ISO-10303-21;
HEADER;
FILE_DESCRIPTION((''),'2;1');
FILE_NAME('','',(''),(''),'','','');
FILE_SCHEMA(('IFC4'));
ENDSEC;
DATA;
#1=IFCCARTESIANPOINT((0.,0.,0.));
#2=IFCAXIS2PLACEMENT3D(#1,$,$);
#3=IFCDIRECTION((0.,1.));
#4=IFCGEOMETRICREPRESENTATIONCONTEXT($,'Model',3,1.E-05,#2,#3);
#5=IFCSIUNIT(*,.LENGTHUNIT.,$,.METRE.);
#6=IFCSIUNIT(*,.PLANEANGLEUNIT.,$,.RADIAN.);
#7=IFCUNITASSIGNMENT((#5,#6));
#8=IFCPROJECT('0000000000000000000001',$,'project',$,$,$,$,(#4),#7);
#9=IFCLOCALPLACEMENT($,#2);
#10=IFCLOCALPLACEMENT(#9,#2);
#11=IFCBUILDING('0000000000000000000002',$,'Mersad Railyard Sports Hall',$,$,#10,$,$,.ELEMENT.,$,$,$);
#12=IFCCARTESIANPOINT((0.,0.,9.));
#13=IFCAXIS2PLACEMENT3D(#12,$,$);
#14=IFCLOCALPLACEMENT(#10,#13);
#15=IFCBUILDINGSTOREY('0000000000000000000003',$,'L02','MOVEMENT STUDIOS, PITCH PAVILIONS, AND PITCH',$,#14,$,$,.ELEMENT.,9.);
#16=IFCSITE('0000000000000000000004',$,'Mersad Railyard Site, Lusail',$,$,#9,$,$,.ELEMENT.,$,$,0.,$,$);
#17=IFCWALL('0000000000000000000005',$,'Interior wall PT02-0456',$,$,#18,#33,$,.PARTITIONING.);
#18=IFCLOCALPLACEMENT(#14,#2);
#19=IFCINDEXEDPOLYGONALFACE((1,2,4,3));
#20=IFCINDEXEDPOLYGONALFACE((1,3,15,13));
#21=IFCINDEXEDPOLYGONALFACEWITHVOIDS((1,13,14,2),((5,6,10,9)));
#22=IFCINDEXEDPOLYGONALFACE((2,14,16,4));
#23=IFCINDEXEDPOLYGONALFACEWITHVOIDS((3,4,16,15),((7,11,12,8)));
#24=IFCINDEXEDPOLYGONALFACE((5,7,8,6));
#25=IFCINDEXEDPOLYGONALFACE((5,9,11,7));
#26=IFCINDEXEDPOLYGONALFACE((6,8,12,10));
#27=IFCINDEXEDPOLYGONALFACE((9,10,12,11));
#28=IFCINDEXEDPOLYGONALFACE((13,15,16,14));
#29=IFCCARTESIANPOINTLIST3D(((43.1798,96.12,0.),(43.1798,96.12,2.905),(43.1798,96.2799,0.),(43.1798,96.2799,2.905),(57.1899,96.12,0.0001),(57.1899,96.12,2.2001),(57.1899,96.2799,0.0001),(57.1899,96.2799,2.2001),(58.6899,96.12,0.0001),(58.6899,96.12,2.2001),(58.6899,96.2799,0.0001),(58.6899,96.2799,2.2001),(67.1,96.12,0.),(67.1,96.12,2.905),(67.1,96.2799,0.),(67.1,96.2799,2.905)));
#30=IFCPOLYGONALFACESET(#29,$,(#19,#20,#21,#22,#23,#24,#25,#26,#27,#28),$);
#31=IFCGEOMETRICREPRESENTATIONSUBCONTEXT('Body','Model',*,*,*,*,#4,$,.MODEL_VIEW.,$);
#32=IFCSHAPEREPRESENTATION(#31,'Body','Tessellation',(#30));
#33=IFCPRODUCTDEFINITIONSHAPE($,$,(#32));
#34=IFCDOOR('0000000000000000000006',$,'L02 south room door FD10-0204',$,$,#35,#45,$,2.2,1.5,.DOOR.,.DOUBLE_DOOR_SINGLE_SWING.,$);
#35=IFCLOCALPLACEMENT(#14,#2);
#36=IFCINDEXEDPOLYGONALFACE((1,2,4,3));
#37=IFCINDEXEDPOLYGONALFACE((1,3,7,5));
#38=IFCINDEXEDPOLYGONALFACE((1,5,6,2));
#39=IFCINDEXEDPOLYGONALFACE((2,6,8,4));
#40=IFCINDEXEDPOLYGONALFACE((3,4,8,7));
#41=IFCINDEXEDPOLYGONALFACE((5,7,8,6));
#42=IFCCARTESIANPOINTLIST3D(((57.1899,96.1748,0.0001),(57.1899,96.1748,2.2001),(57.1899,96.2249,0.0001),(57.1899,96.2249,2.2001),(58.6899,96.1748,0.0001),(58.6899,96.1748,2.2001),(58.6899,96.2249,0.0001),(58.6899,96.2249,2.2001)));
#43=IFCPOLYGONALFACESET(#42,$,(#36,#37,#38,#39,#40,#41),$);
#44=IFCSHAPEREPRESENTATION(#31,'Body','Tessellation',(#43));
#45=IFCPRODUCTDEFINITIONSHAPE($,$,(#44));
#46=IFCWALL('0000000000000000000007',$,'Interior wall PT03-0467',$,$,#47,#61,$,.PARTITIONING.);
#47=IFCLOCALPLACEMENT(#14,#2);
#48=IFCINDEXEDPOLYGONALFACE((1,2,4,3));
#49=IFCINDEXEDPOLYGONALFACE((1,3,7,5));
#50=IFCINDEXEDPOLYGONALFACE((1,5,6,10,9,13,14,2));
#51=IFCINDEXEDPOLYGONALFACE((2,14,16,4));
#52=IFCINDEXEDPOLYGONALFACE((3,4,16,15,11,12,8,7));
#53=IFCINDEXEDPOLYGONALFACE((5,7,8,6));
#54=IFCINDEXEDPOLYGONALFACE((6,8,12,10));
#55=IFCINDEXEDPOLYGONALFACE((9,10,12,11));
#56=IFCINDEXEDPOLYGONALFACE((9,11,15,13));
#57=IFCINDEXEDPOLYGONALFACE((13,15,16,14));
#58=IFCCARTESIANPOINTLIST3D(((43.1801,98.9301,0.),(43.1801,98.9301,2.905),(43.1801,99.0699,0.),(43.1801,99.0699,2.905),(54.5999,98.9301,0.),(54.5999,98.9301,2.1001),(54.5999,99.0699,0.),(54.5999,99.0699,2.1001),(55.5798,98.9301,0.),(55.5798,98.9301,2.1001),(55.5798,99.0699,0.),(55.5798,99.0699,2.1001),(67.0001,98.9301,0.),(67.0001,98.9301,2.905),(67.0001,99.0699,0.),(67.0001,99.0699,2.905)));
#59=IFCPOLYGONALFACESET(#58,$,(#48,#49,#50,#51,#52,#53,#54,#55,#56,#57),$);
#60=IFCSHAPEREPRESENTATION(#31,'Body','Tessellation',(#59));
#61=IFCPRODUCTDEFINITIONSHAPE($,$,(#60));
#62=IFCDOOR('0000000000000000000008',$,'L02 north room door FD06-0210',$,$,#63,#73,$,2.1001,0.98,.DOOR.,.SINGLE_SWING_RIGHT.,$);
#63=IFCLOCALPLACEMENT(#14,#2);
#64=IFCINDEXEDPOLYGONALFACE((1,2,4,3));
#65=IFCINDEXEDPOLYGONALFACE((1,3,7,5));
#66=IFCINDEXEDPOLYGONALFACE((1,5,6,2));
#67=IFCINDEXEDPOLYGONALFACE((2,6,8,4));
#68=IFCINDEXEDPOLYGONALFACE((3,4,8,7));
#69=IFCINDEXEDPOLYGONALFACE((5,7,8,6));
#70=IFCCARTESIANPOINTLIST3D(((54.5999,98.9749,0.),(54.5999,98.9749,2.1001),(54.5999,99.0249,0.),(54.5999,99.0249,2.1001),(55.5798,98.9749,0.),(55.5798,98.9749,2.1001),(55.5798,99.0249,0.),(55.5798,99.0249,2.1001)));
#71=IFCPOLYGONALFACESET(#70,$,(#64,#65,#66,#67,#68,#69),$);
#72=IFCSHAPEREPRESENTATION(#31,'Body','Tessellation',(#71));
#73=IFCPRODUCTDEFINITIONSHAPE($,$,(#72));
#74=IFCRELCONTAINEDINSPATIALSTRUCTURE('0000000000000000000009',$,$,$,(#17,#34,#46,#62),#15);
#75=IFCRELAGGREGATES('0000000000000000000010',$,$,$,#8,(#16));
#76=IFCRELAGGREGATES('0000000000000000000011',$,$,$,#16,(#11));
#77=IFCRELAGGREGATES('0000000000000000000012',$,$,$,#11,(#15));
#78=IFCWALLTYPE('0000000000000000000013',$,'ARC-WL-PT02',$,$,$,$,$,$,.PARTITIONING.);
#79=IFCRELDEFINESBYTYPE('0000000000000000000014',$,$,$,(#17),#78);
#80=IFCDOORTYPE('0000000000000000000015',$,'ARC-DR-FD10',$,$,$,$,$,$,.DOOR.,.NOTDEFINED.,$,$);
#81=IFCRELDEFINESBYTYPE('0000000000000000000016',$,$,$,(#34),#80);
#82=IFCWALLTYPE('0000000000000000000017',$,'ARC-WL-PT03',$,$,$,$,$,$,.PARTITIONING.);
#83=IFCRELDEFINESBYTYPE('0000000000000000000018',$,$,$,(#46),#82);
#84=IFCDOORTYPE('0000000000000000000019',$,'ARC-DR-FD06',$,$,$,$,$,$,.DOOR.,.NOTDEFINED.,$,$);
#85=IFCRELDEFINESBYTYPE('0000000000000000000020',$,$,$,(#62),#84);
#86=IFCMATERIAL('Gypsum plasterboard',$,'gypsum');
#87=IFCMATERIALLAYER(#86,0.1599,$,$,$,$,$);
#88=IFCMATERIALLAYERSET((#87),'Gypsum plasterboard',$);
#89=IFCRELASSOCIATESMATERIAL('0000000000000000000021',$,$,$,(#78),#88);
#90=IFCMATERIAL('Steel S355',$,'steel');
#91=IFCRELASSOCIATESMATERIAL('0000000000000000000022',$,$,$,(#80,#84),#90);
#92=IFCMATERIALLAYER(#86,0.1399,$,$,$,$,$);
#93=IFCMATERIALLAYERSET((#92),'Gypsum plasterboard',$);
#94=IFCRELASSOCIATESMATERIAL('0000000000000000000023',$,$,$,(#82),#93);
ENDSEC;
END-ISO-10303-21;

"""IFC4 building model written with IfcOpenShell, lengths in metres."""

from ifc_helpers import new_model, si_unit, direction, frame, frame_2d, origin, place, context, subcontext, project, spatial, rectangle, extrude, material, layer, layer_set, type_object, element, fill, save


model = new_model("IFC4")

# Units and contexts
model_context = context("Model", 3, precision=1e-05, world=origin(), true_north=direction((0.0, 1.0)))
body_context = subcontext(model_context, "Body", "Model", "MODEL_VIEW")
ifc_project = project(units=[si_unit("LENGTHUNIT", "METRE"), si_unit("PLANEANGLEUNIT", "RADIAN")], contexts=[model_context])

# Site, building, storey
site_placement = place(None, origin())
site = spatial("IfcSite", under=ifc_project, at=site_placement, Name="Mersad Railyard Site, Lusail", CompositionType="ELEMENT", RefElevation=0.0)
building_placement = place(site_placement, origin())
building = spatial("IfcBuilding", under=site, at=building_placement, Name="Mersad Railyard Sports Hall", CompositionType="ELEMENT")
storey_placement = place(building_placement, frame((0.0, 0.0, 9.0)))
storey = spatial("IfcBuildingStorey", under=building, at=storey_placement, Name="L02", Description="MOVEMENT STUDIOS, PITCH PAVILIONS, AND PITCH", CompositionType="ELEMENT", Elevation=9.0)

# Shared definitions
ifc_material_1 = material(Name="Steel S355", Category="steel")

# Walls, openings, doors
ifc_material_2 = material(Name="Gypsum plasterboard", Category="gypsum")
ifc_layer_1 = layer(ifc_material_2, 0.1599)
ifc_layer_set_1 = layer_set([ifc_layer_1], Name="Gypsum plasterboard")
wall_type_1 = type_object("IfcWallType", Name="ARC-WL-PT02", PredefinedType="PARTITIONING", material=ifc_layer_set_1)
wall_1_placement = place(storey_placement, frame((43.1799, 96.2, 0.0), z_axis=(0.0, 0.0, 1.0), x_axis=(1.0, 0.0, 0.0)))
wall_1 = element("IfcWall", 1, at=wall_1_placement, inside=storey, type_object=wall_type_1, Name="Interior wall PT02-0456", PredefinedType="PARTITIONING", context=body_context, shape_type="SweptSolid", body=[
    extrude(rectangle(XDim=23.9202, YDim=0.1599, at=frame_2d((11.96, 0.0))), origin(), (0.0, 0.0, 1.0), 2.905),
])
opening_1_placement = place(wall_1_placement, frame((14.01, 0.0, 0.0)))
opening_1 = element("IfcOpeningElement", 2, at=opening_1_placement, cuts=wall_1, PredefinedType="OPENING", context=body_context, shape_type="SweptSolid", body=[
    extrude(rectangle(XDim=1.5, YDim=2.2, at=frame_2d((0.75, 1.1001))), frame((0.0, 0.0898, 0.0), z_axis=(0.0, -1.0, 0.0), x_axis=(1.0, 0.0, 0.0)), (0.0, 0.0, 1.0), 0.1799),
])
door_type_1 = type_object("IfcDoorType", Name="ARC-DR-FD10", OperationType="NOTDEFINED", PredefinedType="DOOR", material=ifc_material_1)
door_1_placement = place(opening_1_placement, origin())
door_1 = element("IfcDoor", 3, at=door_1_placement, inside=storey, type_object=door_type_1, Name="L02 south room door FD10-0204", OperationType="DOUBLE_DOOR_SINGLE_SWING", OverallHeight=2.2, OverallWidth=1.5, PredefinedType="DOOR", context=body_context, shape_type="SweptSolid", body=[
    extrude(rectangle(XDim=1.5, YDim=2.2, at=frame_2d((0.75, 1.1001))), frame((0.0, 0.0249, 0.0), z_axis=(0.0, -1.0, 0.0), x_axis=(1.0, 0.0, 0.0)), (0.0, 0.0, 1.0), 0.05),
])
fill(opening_1, door_1)
ifc_layer_2 = layer(ifc_material_2, 0.1399)
ifc_layer_set_2 = layer_set([ifc_layer_2], Name="Gypsum plasterboard")
wall_type_2 = type_object("IfcWallType", Name="ARC-WL-PT03", PredefinedType="PARTITIONING", material=ifc_layer_set_2)
wall_2_placement = place(storey_placement, frame((43.1799, 99.0, 0.0), z_axis=(0.0, 0.0, 1.0), x_axis=(1.0, 0.0, 0.0)))
wall_2 = element("IfcWall", 4, at=wall_2_placement, inside=storey, type_object=wall_type_2, Name="Interior wall PT03-0467", PredefinedType="PARTITIONING", context=body_context, shape_type="SweptSolid", body=[
    extrude(rectangle(XDim=23.8201, YDim=0.1399, at=frame_2d((11.9102, 0.0))), origin(), (0.0, 0.0, 1.0), 2.905),
])
opening_2_placement = place(wall_2_placement, frame((11.4199, 0.0, 0.0)))
opening_2 = element("IfcOpeningElement", 5, at=opening_2_placement, cuts=wall_2, PredefinedType="OPENING", context=body_context, shape_type="SweptSolid", body=[
    extrude(rectangle(XDim=0.98, YDim=2.1001, at=frame_2d((0.49, 1.05))), frame((0.0, 0.0798, 0.0), z_axis=(0.0, -1.0, 0.0), x_axis=(1.0, 0.0, 0.0)), (0.0, 0.0, 1.0), 0.1599),
])
door_type_2 = type_object("IfcDoorType", Name="ARC-DR-FD06", OperationType="NOTDEFINED", PredefinedType="DOOR", material=ifc_material_1)
door_2_placement = place(opening_2_placement, origin())
door_2 = element("IfcDoor", 6, at=door_2_placement, inside=storey, type_object=door_type_2, Name="L02 north room door FD06-0210", OperationType="SINGLE_SWING_RIGHT", OverallHeight=2.1001, OverallWidth=0.98, PredefinedType="DOOR", context=body_context, shape_type="SweptSolid", body=[
    extrude(rectangle(XDim=0.98, YDim=2.1001, at=frame_2d((0.49, 1.05))), frame((0.0, 0.0249, 0.0), z_axis=(0.0, -1.0, 0.0), x_axis=(1.0, 0.0, 0.0)), (0.0, 0.0, 1.0), 0.05),
])
fill(opening_2, door_2)

save(model, "model.ifc")
